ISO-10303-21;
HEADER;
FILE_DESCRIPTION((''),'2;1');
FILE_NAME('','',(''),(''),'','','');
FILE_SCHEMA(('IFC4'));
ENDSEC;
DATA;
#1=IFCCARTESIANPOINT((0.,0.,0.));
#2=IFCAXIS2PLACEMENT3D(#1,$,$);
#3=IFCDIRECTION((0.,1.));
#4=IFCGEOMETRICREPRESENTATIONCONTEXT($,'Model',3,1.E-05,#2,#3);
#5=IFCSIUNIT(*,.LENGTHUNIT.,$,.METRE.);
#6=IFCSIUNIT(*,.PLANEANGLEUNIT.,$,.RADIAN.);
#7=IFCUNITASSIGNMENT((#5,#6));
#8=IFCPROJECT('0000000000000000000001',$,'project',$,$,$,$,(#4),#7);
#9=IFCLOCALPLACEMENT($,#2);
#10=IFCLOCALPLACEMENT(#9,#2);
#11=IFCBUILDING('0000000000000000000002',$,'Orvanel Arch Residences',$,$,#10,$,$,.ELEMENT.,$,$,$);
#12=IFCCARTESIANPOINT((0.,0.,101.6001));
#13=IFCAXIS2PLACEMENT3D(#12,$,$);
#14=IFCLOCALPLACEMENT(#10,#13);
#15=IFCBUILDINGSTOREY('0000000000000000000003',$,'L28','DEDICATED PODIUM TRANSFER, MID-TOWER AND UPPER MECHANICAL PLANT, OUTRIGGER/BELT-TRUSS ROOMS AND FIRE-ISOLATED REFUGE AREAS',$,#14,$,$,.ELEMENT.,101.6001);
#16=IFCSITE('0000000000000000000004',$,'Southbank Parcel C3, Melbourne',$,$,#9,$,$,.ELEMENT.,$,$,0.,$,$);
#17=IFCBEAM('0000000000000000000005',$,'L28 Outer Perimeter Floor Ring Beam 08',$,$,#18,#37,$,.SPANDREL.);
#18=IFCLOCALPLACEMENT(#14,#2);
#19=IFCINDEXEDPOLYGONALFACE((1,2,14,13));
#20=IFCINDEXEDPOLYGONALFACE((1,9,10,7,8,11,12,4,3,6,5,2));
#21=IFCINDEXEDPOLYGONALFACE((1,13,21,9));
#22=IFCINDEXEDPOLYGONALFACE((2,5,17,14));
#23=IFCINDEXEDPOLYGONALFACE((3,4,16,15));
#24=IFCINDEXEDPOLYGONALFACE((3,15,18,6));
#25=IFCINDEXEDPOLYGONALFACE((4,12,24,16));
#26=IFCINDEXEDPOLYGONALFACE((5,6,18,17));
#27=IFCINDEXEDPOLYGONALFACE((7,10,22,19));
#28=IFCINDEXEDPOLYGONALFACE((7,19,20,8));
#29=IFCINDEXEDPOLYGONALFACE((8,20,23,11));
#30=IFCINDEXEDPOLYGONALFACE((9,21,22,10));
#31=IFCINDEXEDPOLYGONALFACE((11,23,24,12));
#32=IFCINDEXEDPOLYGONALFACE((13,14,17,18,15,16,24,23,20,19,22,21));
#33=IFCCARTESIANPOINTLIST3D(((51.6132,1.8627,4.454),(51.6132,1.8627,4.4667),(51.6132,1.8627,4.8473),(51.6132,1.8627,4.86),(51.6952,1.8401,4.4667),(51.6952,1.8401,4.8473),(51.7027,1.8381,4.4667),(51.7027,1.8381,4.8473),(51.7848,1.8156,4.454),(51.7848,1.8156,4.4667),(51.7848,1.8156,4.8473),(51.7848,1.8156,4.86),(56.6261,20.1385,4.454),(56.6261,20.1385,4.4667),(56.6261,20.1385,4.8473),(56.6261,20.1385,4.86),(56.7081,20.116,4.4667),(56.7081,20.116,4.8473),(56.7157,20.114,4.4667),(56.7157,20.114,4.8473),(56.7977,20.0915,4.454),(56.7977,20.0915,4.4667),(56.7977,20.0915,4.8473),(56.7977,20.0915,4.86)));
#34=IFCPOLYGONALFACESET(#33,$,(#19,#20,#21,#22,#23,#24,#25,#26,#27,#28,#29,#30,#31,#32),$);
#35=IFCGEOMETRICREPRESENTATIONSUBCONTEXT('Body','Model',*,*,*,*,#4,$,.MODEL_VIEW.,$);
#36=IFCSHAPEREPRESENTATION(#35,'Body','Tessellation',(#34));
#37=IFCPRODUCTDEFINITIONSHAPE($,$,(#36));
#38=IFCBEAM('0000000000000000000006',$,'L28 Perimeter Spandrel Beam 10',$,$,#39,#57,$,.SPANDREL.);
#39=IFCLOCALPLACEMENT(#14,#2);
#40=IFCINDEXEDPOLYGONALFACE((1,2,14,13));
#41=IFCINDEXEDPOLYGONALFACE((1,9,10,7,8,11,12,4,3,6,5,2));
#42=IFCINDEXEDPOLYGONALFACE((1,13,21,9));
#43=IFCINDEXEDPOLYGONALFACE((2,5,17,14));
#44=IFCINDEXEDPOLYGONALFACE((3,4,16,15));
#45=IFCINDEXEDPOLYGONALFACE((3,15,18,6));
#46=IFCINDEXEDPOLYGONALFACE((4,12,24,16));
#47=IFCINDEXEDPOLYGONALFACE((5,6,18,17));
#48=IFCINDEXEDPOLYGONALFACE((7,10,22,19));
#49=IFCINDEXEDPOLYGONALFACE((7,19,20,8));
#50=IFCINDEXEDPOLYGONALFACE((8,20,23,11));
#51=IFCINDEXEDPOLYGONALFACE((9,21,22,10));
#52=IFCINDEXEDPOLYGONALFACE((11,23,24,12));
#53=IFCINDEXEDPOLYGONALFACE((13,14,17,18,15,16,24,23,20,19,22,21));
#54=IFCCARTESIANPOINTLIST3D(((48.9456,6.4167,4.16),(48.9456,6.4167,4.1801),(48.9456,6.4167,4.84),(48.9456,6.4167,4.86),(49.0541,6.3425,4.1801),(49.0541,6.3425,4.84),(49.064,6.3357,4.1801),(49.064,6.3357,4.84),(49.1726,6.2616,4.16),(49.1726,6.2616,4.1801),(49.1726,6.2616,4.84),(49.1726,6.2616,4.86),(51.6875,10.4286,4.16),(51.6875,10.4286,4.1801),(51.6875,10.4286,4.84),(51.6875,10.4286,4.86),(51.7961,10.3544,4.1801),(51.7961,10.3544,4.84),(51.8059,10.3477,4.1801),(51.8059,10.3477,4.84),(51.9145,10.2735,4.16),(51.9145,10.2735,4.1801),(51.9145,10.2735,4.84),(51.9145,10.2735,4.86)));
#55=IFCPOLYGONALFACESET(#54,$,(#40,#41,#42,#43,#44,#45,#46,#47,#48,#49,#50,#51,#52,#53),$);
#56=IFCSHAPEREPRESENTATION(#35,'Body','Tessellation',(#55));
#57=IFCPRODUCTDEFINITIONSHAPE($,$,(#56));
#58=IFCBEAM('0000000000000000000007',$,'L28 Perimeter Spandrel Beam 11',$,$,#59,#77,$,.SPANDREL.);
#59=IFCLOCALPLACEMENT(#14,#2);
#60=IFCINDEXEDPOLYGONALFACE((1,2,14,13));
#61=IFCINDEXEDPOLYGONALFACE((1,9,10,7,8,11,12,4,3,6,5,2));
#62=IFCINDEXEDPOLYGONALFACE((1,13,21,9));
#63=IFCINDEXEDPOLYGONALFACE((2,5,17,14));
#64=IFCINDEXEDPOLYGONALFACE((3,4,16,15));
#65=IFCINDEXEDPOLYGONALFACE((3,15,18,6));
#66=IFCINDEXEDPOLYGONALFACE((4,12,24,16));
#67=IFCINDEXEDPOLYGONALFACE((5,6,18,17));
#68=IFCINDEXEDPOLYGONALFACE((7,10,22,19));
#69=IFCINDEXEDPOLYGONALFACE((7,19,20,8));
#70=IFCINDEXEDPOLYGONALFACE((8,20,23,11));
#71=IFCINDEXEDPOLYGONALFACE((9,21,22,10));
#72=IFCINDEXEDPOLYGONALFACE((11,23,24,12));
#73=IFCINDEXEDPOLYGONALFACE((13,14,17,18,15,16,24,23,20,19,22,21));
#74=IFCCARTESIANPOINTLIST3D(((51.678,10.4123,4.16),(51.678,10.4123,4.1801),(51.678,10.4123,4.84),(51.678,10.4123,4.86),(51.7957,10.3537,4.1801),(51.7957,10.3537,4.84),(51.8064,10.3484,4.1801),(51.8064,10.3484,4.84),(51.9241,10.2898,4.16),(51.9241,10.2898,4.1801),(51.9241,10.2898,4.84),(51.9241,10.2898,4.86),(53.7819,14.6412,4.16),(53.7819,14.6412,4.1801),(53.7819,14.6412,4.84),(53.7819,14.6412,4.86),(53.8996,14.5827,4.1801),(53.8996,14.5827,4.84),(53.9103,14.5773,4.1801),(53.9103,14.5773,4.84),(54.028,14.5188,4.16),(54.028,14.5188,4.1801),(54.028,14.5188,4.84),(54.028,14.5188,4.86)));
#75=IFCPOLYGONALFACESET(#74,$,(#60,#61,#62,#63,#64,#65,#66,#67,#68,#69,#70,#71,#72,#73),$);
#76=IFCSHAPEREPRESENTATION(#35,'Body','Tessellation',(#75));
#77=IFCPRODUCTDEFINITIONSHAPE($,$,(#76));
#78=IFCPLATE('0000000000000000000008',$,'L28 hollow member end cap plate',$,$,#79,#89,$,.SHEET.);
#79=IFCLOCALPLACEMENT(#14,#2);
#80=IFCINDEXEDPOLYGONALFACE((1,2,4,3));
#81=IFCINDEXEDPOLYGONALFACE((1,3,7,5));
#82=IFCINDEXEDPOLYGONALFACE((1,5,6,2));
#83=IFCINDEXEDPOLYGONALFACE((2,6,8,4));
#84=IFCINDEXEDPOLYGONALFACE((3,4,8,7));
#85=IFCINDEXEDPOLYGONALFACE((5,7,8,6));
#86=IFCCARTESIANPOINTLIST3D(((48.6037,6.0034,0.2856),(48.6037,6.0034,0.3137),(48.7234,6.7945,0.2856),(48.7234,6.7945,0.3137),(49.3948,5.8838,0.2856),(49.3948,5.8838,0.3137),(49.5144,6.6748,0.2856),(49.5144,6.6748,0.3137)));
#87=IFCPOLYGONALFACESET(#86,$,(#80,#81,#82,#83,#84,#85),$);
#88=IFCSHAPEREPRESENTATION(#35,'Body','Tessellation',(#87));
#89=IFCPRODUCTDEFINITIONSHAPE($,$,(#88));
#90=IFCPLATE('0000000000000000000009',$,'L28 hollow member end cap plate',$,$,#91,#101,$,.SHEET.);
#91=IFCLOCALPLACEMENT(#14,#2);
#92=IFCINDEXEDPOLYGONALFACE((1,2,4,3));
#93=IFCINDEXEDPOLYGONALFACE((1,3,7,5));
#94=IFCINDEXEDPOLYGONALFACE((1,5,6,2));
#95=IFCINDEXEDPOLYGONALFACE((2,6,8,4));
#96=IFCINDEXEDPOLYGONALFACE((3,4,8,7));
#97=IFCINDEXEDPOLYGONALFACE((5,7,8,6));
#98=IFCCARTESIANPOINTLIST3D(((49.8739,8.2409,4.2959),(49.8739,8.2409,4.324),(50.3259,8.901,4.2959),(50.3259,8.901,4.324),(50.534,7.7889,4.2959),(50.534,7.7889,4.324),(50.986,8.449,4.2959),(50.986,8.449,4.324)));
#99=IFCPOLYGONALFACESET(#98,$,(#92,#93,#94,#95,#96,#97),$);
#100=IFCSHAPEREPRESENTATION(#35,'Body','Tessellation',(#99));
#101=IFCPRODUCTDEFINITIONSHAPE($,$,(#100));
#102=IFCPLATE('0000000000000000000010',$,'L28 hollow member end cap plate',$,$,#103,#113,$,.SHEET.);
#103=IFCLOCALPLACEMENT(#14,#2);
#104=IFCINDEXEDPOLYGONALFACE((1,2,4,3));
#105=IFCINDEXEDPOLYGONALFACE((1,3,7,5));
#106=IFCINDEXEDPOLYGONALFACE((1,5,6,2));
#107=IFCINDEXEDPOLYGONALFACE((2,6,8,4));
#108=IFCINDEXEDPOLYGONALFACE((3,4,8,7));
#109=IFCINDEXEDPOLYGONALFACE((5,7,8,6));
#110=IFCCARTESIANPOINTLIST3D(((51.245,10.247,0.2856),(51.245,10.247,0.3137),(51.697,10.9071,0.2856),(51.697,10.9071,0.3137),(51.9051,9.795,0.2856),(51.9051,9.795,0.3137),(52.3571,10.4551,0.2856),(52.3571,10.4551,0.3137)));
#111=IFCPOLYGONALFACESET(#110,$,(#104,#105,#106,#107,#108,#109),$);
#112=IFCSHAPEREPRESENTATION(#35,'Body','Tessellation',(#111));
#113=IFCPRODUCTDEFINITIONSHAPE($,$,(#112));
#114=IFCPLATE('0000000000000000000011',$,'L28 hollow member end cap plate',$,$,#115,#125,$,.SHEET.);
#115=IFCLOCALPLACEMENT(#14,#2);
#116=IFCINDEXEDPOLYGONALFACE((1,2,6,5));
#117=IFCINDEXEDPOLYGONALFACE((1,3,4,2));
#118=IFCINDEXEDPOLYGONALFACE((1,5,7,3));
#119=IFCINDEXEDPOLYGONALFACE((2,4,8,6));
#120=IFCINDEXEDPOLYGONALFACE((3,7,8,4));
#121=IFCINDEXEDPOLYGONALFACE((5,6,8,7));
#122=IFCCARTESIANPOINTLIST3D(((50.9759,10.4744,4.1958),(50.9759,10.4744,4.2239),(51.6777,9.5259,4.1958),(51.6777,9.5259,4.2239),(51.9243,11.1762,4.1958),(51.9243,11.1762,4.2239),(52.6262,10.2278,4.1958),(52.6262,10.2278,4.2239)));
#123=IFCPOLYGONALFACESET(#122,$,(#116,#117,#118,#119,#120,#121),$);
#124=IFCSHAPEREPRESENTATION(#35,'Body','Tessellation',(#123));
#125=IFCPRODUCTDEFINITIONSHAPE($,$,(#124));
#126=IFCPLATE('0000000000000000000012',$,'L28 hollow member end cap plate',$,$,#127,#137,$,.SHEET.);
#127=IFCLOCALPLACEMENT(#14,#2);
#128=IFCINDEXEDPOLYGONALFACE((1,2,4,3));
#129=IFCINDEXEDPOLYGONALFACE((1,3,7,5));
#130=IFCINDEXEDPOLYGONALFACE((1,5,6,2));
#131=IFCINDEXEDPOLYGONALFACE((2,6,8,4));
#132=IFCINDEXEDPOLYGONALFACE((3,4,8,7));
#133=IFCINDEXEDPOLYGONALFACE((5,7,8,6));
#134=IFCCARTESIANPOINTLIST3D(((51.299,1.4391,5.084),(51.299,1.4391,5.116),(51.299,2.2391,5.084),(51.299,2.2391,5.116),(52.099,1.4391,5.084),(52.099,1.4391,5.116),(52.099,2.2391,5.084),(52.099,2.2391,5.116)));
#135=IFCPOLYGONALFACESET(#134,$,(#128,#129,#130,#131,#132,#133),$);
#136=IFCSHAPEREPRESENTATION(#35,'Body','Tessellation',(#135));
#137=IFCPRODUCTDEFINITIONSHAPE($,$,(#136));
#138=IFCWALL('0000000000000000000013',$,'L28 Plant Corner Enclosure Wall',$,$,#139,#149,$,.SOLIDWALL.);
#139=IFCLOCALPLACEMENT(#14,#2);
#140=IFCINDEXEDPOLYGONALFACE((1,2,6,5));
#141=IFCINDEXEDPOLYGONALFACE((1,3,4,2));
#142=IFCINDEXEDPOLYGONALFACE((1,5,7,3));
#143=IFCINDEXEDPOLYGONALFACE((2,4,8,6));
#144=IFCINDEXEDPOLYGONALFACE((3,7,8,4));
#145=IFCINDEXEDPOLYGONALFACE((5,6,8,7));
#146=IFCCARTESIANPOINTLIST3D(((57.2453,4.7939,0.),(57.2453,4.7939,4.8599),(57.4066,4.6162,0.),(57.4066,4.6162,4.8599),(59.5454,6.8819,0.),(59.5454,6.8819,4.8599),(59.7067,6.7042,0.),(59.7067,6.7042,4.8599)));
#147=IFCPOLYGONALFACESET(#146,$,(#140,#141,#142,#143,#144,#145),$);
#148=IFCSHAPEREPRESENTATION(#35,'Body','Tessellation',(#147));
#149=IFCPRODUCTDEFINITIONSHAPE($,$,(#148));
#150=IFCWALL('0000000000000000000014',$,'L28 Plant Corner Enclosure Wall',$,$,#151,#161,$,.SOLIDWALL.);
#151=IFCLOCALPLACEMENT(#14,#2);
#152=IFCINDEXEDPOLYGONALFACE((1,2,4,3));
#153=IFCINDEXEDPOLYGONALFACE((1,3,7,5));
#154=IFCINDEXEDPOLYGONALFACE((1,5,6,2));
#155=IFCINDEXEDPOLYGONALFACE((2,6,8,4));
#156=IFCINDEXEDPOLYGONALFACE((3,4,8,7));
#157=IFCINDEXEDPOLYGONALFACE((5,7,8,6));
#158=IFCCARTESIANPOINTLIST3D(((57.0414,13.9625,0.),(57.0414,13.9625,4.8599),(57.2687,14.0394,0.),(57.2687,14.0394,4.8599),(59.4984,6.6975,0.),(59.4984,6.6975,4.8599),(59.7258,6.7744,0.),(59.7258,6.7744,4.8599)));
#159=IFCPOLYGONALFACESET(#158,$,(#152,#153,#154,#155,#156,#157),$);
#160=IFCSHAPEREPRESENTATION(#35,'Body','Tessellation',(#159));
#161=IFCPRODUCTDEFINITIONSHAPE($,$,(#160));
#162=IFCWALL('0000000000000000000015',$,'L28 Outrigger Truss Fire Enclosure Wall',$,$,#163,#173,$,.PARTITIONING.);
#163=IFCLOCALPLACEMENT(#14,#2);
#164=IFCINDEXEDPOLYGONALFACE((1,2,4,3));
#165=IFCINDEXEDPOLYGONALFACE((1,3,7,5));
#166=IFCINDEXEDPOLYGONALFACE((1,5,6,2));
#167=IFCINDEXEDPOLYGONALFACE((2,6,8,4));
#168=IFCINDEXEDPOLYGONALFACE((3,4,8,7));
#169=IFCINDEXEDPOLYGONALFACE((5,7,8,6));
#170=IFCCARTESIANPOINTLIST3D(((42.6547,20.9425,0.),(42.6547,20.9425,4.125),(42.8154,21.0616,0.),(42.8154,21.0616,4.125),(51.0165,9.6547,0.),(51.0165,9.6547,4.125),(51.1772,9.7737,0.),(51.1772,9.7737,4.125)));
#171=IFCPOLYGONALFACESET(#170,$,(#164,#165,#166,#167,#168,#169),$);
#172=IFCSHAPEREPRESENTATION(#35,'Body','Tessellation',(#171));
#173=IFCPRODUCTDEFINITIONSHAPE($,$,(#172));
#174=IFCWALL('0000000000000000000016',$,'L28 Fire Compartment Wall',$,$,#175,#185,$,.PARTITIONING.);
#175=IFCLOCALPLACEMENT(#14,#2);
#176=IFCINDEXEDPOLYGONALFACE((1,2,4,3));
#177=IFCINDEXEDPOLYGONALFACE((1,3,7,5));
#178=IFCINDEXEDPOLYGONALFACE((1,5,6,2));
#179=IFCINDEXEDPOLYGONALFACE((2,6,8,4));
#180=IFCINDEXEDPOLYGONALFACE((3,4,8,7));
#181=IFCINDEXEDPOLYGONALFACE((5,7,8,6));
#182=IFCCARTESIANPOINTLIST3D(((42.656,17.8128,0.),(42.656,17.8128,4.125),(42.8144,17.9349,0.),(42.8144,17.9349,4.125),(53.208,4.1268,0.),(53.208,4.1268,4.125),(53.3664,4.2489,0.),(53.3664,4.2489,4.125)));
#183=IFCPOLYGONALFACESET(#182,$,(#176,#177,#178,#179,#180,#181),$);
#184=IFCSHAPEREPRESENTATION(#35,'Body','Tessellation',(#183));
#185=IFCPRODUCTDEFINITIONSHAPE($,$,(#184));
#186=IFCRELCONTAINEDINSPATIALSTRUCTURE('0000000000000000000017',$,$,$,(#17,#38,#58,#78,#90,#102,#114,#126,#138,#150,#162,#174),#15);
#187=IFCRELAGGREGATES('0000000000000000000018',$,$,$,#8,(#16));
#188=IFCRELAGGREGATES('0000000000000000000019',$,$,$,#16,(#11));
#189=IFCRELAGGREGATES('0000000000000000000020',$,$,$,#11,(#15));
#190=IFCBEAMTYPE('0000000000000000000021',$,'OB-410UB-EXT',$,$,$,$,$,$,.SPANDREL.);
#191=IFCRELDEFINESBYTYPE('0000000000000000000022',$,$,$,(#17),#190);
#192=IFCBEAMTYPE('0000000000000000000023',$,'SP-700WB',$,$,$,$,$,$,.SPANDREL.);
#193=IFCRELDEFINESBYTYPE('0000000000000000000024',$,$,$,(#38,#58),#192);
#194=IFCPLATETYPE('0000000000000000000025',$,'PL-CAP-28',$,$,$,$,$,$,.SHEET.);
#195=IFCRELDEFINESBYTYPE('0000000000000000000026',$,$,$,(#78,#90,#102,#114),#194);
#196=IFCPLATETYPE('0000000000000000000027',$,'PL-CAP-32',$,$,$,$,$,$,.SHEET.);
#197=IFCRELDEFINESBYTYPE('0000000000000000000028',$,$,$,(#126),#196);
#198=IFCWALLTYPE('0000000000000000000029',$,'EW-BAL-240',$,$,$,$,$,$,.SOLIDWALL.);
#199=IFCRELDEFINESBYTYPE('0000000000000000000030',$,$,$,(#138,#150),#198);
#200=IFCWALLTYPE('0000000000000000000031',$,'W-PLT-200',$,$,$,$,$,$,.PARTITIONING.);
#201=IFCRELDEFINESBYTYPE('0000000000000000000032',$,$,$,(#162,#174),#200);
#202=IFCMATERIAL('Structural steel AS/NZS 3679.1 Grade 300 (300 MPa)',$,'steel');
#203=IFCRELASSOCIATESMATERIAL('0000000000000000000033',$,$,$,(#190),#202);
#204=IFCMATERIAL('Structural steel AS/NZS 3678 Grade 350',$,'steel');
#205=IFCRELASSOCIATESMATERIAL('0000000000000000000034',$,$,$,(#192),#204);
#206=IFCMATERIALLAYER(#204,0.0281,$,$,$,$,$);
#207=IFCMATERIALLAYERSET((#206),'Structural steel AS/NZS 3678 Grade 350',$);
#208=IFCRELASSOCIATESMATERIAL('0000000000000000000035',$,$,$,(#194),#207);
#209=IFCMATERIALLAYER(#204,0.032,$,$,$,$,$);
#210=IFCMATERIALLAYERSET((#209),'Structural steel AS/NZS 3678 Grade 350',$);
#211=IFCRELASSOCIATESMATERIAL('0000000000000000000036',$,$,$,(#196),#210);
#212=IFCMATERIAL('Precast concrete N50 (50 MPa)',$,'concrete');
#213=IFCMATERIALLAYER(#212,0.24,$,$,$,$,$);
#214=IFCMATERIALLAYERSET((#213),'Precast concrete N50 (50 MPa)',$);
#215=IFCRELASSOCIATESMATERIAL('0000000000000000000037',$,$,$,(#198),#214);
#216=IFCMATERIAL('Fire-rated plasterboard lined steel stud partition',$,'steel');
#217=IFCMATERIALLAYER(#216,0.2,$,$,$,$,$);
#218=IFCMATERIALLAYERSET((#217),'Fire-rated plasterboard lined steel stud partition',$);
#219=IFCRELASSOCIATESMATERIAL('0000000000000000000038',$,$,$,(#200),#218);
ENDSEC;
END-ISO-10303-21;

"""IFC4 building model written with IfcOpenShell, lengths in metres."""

from ifc_helpers import new_model, si_unit, direction, frame, frame_2d, origin, origin_2d, place, context, subcontext, project, spatial, rectangle, i_section, extrude, material, layer, layer_set, material_profile, profile_set, type_object, element, save


model = new_model("IFC4")

# Units and contexts
model_context = context("Model", 3, precision=1e-05, world=origin(), true_north=direction((0.0, 1.0)))
body_context = subcontext(model_context, "Body", "Model", "MODEL_VIEW")
ifc_project = project(units=[si_unit("LENGTHUNIT", "METRE"), si_unit("PLANEANGLEUNIT", "RADIAN")], contexts=[model_context])

# Site, building, storey
site_placement = place(None, origin())
site = spatial("IfcSite", under=ifc_project, at=site_placement, Name="Southbank Parcel C3, Melbourne", CompositionType="ELEMENT", RefElevation=0.0)
building_placement = place(site_placement, origin())
building = spatial("IfcBuilding", under=site, at=building_placement, Name="Orvanel Arch Residences", CompositionType="ELEMENT")
storey_placement = place(building_placement, frame((0.0, 0.0, 101.6001)))
storey = spatial("IfcBuildingStorey", under=building, at=storey_placement, Name="L28", Description="DEDICATED PODIUM TRANSFER, MID-TOWER AND UPPER MECHANICAL PLANT, OUTRIGGER/BELT-TRUSS ROOMS AND FIRE-ISOLATED REFUGE AREAS", CompositionType="ELEMENT", Elevation=101.6001)

# Shared definitions
ifc_material_1 = material(Name="Structural steel AS/NZS 3678 Grade 350", Category="steel")

# Beams
ifc_material_2 = material(Name="Structural steel AS/NZS 3679.1 Grade 300 (300 MPa)", Category="steel")
ifc_material_profile_1 = material_profile(ifc_material_2, i_section(OverallWidth=0.178, OverallDepth=0.406, WebThickness=0.0078, FlangeThickness=0.0127, at=origin_2d()), Name="410UB59.7")
ifc_profile_set_1 = profile_set([ifc_material_profile_1], Name="Structural steel AS/NZS 3679.1 Grade 300 (300 MPa)")
beam_type_1 = type_object("IfcBeamType", Name="OB-410UB-EXT", PredefinedType="SPANDREL", material=ifc_profile_set_1)
beam_1_placement = place(storey_placement, frame((51.699, 1.8391, 4.657), z_axis=(0.264522, 0.96438, 0.0), x_axis=(-0.96438, 0.264522, 0.0)))
element("IfcBeam", 1, at=beam_1_placement, inside=storey, type_object=beam_type_1, Name="L28 Outer Perimeter Floor Ring Beam 08", PredefinedType="SPANDREL", context=body_context, shape_type="SweptSolid", body=[
    extrude(i_section(OverallWidth=0.178, OverallDepth=0.406, WebThickness=0.0078, FlangeThickness=0.0127, at=origin_2d()), origin(), (0.0, 0.0, 1.0), 18.9509),
])
ifc_material_profile_2 = material_profile(ifc_material_1, i_section(OverallWidth=0.2749, OverallDepth=0.7, WebThickness=0.012, FlangeThickness=0.02, at=origin_2d()), Name="700WB150")
ifc_profile_set_2 = profile_set([ifc_material_profile_2], Name="Structural steel AS/NZS 3678 Grade 350")
beam_type_2 = type_object("IfcBeamType", Name="SP-700WB", PredefinedType="SPANDREL", material=ifc_profile_set_2)
beam_2_placement = place(storey_placement, frame((49.0591, 6.3391, 4.51), z_axis=(0.564252, 0.825603, 0.0), x_axis=(-0.825603, 0.564252, 0.0)))
element("IfcBeam", 2, at=beam_2_placement, inside=storey, type_object=beam_type_2, Name="L28 Perimeter Spandrel Beam 10", PredefinedType="SPANDREL", context=body_context, shape_type="SweptSolid", body=[
    extrude(i_section(OverallWidth=0.2749, OverallDepth=0.7, WebThickness=0.012, FlangeThickness=0.02, at=origin_2d()), origin(), (0.0, 0.0, 1.0), 4.8594),
])
beam_3_placement = place(storey_placement, frame((51.801, 10.3511, 4.51), z_axis=(0.445435, 0.895314, 0.0), x_axis=(-0.895314, 0.445435, 0.0)))
element("IfcBeam", 3, at=beam_3_placement, inside=storey, type_object=beam_type_2, Name="L28 Perimeter Spandrel Beam 11", PredefinedType="SPANDREL", context=body_context, shape_type="SweptSolid", body=[
    extrude(i_section(OverallWidth=0.2749, OverallDepth=0.7, WebThickness=0.012, FlangeThickness=0.02, at=origin_2d()), origin(), (0.0, 0.0, 1.0), 4.7234),
])

# Plates
ifc_layer_1 = layer(ifc_material_1, 0.0281)
ifc_layer_set_1 = layer_set([ifc_layer_1], Name="Structural steel AS/NZS 3678 Grade 350")
plate_type_1 = type_object("IfcPlateType", Name="PL-CAP-28", PredefinedType="SHEET", material=ifc_layer_set_1)
for number, where, z_axis, x_axis, name in (
    (4, (49.0591, 6.3391, 0.2856), (0.0, 0.0, 1.0), (-0.988756, 0.149535, 0.0), "L28 hollow member end cap plate"),
    (5, (50.4299, 8.345, 4.2959), (0.0, 0.0, 1.0), (0.564967, 0.825113, 0.0), "L28 hollow member end cap plate"),
    (6, (51.801, 10.3511, 0.2856), (0.0, 0.0, 1.0), (0.564967, 0.825113, 0.0), "L28 hollow member end cap plate"),
):
    element("IfcPlate", number, at=place(storey_placement, frame(where, z_axis=z_axis, x_axis=x_axis)), inside=storey, type_object=plate_type_1, Name=name, PredefinedType="SHEET", context=body_context, shape_type="SweptSolid", body=[
        extrude(rectangle(XDim=0.8, YDim=0.8, at=origin_2d()), origin(), (0.0, 0.0, 1.0), 0.0281),
    ])
plate_1_placement = place(storey_placement, frame((51.801, 10.3511, 4.1958), z_axis=(0.0, 0.0, 1.0), x_axis=(-0.594823, 0.803857, 0.0)))
element("IfcPlate", 7, at=plate_1_placement, inside=storey, type_object=plate_type_1, Name="L28 hollow member end cap plate", PredefinedType="SHEET", context=body_context, shape_type="SweptSolid", body=[
    extrude(rectangle(XDim=1.1799, YDim=1.1799, at=origin_2d()), origin(), (0.0, 0.0, 1.0), 0.0281),
])
ifc_layer_2 = layer(ifc_material_1, 0.032)
ifc_layer_set_2 = layer_set([ifc_layer_2], Name="Structural steel AS/NZS 3678 Grade 350")
plate_type_2 = type_object("IfcPlateType", Name="PL-CAP-32", PredefinedType="SHEET", material=ifc_layer_set_2)
plate_2_placement = place(storey_placement, frame((51.699, 1.8391, 5.084), z_axis=(0.0, 0.0, 1.0), x_axis=(1.0, 0.0, 0.0)))
element("IfcPlate", 8, at=plate_2_placement, inside=storey, type_object=plate_type_2, Name="L28 hollow member end cap plate", PredefinedType="SHEET", context=body_context, shape_type="SweptSolid", body=[
    extrude(rectangle(XDim=0.8, YDim=0.8, at=origin_2d()), origin(), (0.0, 0.0, 1.0), 0.032),
])

# Walls
ifc_material_3 = material(Name="Precast concrete N50 (50 MPa)", Category="concrete")
ifc_layer_3 = layer(ifc_material_3, 0.24)
ifc_layer_set_3 = layer_set([ifc_layer_3], Name="Precast concrete N50 (50 MPa)")
wall_type_1 = type_object("IfcWallType", Name="EW-BAL-240", PredefinedType="SOLIDWALL", material=ifc_layer_set_3)
wall_1_placement = place(storey_placement, frame((57.3259, 4.7051, 0.0), z_axis=(0.0, 0.0, 1.0), x_axis=(0.740431, 0.672133, 0.0)))
element("IfcWall", 9, at=wall_1_placement, inside=storey, type_object=wall_type_1, Name="L28 Plant Corner Enclosure Wall", PredefinedType="SOLIDWALL", context=body_context, shape_type="SweptSolid", body=[
    extrude(rectangle(XDim=3.1064, YDim=0.24, at=frame_2d((1.5532, 0.0))), origin(), (0.0, 0.0, 1.0), 4.8599),
])
wall_2_placement = place(storey_placement, frame((59.6121, 6.7361, 0.0), z_axis=(0.0, 0.0, 1.0), x_axis=(-0.320379, 0.947289, 0.0)))
element("IfcWall", 10, at=wall_2_placement, inside=storey, type_object=wall_type_1, Name="L28 Plant Corner Enclosure Wall", PredefinedType="SOLIDWALL", context=body_context, shape_type="SweptSolid", body=[
    extrude(rectangle(XDim=7.6692, YDim=0.24, at=frame_2d((3.8345, 0.0))), origin(), (0.0, 0.0, 1.0), 4.8599),
])
ifc_material_4 = material(Name="Fire-rated plasterboard lined steel stud partition", Category="steel")
ifc_layer_4 = layer(ifc_material_4, 0.2)
ifc_layer_set_4 = layer_set([ifc_layer_4], Name="Fire-rated plasterboard lined steel stud partition")
wall_type_2 = type_object("IfcWallType", Name="W-PLT-200", PredefinedType="PARTITIONING", material=ifc_layer_set_4)
wall_3_placement = place(storey_placement, frame((51.0969, 9.7141, 0.0), z_axis=(0.0, 0.0, 1.0), x_axis=(-0.595248, 0.803542, 0.0)))
element("IfcWall", 11, at=wall_3_placement, inside=storey, type_object=wall_type_2, Name="L28 Outrigger Truss Fire Enclosure Wall", PredefinedType="PARTITIONING", context=body_context, shape_type="SweptSolid", body=[
    extrude(rectangle(XDim=14.0476, YDim=0.2, at=frame_2d((7.0239, 0.0))), origin(), (0.0, 0.0, 1.0), 4.125),
])
wall_4_placement = place(storey_placement, frame((53.2871, 4.188, 0.0), z_axis=(0.0, 0.0, 1.0), x_axis=(-0.610593, 0.791944, 0.0)))
element("IfcWall", 12, at=wall_4_placement, inside=storey, type_object=wall_type_2, Name="L28 Fire Compartment Wall", PredefinedType="PARTITIONING", context=body_context, shape_type="SweptSolid", body=[
    extrude(rectangle(XDim=17.2815, YDim=0.2, at=frame_2d((8.6406, 0.0))), origin(), (0.0, 0.0, 1.0), 4.125),
])

save(model, "model.ifc")
